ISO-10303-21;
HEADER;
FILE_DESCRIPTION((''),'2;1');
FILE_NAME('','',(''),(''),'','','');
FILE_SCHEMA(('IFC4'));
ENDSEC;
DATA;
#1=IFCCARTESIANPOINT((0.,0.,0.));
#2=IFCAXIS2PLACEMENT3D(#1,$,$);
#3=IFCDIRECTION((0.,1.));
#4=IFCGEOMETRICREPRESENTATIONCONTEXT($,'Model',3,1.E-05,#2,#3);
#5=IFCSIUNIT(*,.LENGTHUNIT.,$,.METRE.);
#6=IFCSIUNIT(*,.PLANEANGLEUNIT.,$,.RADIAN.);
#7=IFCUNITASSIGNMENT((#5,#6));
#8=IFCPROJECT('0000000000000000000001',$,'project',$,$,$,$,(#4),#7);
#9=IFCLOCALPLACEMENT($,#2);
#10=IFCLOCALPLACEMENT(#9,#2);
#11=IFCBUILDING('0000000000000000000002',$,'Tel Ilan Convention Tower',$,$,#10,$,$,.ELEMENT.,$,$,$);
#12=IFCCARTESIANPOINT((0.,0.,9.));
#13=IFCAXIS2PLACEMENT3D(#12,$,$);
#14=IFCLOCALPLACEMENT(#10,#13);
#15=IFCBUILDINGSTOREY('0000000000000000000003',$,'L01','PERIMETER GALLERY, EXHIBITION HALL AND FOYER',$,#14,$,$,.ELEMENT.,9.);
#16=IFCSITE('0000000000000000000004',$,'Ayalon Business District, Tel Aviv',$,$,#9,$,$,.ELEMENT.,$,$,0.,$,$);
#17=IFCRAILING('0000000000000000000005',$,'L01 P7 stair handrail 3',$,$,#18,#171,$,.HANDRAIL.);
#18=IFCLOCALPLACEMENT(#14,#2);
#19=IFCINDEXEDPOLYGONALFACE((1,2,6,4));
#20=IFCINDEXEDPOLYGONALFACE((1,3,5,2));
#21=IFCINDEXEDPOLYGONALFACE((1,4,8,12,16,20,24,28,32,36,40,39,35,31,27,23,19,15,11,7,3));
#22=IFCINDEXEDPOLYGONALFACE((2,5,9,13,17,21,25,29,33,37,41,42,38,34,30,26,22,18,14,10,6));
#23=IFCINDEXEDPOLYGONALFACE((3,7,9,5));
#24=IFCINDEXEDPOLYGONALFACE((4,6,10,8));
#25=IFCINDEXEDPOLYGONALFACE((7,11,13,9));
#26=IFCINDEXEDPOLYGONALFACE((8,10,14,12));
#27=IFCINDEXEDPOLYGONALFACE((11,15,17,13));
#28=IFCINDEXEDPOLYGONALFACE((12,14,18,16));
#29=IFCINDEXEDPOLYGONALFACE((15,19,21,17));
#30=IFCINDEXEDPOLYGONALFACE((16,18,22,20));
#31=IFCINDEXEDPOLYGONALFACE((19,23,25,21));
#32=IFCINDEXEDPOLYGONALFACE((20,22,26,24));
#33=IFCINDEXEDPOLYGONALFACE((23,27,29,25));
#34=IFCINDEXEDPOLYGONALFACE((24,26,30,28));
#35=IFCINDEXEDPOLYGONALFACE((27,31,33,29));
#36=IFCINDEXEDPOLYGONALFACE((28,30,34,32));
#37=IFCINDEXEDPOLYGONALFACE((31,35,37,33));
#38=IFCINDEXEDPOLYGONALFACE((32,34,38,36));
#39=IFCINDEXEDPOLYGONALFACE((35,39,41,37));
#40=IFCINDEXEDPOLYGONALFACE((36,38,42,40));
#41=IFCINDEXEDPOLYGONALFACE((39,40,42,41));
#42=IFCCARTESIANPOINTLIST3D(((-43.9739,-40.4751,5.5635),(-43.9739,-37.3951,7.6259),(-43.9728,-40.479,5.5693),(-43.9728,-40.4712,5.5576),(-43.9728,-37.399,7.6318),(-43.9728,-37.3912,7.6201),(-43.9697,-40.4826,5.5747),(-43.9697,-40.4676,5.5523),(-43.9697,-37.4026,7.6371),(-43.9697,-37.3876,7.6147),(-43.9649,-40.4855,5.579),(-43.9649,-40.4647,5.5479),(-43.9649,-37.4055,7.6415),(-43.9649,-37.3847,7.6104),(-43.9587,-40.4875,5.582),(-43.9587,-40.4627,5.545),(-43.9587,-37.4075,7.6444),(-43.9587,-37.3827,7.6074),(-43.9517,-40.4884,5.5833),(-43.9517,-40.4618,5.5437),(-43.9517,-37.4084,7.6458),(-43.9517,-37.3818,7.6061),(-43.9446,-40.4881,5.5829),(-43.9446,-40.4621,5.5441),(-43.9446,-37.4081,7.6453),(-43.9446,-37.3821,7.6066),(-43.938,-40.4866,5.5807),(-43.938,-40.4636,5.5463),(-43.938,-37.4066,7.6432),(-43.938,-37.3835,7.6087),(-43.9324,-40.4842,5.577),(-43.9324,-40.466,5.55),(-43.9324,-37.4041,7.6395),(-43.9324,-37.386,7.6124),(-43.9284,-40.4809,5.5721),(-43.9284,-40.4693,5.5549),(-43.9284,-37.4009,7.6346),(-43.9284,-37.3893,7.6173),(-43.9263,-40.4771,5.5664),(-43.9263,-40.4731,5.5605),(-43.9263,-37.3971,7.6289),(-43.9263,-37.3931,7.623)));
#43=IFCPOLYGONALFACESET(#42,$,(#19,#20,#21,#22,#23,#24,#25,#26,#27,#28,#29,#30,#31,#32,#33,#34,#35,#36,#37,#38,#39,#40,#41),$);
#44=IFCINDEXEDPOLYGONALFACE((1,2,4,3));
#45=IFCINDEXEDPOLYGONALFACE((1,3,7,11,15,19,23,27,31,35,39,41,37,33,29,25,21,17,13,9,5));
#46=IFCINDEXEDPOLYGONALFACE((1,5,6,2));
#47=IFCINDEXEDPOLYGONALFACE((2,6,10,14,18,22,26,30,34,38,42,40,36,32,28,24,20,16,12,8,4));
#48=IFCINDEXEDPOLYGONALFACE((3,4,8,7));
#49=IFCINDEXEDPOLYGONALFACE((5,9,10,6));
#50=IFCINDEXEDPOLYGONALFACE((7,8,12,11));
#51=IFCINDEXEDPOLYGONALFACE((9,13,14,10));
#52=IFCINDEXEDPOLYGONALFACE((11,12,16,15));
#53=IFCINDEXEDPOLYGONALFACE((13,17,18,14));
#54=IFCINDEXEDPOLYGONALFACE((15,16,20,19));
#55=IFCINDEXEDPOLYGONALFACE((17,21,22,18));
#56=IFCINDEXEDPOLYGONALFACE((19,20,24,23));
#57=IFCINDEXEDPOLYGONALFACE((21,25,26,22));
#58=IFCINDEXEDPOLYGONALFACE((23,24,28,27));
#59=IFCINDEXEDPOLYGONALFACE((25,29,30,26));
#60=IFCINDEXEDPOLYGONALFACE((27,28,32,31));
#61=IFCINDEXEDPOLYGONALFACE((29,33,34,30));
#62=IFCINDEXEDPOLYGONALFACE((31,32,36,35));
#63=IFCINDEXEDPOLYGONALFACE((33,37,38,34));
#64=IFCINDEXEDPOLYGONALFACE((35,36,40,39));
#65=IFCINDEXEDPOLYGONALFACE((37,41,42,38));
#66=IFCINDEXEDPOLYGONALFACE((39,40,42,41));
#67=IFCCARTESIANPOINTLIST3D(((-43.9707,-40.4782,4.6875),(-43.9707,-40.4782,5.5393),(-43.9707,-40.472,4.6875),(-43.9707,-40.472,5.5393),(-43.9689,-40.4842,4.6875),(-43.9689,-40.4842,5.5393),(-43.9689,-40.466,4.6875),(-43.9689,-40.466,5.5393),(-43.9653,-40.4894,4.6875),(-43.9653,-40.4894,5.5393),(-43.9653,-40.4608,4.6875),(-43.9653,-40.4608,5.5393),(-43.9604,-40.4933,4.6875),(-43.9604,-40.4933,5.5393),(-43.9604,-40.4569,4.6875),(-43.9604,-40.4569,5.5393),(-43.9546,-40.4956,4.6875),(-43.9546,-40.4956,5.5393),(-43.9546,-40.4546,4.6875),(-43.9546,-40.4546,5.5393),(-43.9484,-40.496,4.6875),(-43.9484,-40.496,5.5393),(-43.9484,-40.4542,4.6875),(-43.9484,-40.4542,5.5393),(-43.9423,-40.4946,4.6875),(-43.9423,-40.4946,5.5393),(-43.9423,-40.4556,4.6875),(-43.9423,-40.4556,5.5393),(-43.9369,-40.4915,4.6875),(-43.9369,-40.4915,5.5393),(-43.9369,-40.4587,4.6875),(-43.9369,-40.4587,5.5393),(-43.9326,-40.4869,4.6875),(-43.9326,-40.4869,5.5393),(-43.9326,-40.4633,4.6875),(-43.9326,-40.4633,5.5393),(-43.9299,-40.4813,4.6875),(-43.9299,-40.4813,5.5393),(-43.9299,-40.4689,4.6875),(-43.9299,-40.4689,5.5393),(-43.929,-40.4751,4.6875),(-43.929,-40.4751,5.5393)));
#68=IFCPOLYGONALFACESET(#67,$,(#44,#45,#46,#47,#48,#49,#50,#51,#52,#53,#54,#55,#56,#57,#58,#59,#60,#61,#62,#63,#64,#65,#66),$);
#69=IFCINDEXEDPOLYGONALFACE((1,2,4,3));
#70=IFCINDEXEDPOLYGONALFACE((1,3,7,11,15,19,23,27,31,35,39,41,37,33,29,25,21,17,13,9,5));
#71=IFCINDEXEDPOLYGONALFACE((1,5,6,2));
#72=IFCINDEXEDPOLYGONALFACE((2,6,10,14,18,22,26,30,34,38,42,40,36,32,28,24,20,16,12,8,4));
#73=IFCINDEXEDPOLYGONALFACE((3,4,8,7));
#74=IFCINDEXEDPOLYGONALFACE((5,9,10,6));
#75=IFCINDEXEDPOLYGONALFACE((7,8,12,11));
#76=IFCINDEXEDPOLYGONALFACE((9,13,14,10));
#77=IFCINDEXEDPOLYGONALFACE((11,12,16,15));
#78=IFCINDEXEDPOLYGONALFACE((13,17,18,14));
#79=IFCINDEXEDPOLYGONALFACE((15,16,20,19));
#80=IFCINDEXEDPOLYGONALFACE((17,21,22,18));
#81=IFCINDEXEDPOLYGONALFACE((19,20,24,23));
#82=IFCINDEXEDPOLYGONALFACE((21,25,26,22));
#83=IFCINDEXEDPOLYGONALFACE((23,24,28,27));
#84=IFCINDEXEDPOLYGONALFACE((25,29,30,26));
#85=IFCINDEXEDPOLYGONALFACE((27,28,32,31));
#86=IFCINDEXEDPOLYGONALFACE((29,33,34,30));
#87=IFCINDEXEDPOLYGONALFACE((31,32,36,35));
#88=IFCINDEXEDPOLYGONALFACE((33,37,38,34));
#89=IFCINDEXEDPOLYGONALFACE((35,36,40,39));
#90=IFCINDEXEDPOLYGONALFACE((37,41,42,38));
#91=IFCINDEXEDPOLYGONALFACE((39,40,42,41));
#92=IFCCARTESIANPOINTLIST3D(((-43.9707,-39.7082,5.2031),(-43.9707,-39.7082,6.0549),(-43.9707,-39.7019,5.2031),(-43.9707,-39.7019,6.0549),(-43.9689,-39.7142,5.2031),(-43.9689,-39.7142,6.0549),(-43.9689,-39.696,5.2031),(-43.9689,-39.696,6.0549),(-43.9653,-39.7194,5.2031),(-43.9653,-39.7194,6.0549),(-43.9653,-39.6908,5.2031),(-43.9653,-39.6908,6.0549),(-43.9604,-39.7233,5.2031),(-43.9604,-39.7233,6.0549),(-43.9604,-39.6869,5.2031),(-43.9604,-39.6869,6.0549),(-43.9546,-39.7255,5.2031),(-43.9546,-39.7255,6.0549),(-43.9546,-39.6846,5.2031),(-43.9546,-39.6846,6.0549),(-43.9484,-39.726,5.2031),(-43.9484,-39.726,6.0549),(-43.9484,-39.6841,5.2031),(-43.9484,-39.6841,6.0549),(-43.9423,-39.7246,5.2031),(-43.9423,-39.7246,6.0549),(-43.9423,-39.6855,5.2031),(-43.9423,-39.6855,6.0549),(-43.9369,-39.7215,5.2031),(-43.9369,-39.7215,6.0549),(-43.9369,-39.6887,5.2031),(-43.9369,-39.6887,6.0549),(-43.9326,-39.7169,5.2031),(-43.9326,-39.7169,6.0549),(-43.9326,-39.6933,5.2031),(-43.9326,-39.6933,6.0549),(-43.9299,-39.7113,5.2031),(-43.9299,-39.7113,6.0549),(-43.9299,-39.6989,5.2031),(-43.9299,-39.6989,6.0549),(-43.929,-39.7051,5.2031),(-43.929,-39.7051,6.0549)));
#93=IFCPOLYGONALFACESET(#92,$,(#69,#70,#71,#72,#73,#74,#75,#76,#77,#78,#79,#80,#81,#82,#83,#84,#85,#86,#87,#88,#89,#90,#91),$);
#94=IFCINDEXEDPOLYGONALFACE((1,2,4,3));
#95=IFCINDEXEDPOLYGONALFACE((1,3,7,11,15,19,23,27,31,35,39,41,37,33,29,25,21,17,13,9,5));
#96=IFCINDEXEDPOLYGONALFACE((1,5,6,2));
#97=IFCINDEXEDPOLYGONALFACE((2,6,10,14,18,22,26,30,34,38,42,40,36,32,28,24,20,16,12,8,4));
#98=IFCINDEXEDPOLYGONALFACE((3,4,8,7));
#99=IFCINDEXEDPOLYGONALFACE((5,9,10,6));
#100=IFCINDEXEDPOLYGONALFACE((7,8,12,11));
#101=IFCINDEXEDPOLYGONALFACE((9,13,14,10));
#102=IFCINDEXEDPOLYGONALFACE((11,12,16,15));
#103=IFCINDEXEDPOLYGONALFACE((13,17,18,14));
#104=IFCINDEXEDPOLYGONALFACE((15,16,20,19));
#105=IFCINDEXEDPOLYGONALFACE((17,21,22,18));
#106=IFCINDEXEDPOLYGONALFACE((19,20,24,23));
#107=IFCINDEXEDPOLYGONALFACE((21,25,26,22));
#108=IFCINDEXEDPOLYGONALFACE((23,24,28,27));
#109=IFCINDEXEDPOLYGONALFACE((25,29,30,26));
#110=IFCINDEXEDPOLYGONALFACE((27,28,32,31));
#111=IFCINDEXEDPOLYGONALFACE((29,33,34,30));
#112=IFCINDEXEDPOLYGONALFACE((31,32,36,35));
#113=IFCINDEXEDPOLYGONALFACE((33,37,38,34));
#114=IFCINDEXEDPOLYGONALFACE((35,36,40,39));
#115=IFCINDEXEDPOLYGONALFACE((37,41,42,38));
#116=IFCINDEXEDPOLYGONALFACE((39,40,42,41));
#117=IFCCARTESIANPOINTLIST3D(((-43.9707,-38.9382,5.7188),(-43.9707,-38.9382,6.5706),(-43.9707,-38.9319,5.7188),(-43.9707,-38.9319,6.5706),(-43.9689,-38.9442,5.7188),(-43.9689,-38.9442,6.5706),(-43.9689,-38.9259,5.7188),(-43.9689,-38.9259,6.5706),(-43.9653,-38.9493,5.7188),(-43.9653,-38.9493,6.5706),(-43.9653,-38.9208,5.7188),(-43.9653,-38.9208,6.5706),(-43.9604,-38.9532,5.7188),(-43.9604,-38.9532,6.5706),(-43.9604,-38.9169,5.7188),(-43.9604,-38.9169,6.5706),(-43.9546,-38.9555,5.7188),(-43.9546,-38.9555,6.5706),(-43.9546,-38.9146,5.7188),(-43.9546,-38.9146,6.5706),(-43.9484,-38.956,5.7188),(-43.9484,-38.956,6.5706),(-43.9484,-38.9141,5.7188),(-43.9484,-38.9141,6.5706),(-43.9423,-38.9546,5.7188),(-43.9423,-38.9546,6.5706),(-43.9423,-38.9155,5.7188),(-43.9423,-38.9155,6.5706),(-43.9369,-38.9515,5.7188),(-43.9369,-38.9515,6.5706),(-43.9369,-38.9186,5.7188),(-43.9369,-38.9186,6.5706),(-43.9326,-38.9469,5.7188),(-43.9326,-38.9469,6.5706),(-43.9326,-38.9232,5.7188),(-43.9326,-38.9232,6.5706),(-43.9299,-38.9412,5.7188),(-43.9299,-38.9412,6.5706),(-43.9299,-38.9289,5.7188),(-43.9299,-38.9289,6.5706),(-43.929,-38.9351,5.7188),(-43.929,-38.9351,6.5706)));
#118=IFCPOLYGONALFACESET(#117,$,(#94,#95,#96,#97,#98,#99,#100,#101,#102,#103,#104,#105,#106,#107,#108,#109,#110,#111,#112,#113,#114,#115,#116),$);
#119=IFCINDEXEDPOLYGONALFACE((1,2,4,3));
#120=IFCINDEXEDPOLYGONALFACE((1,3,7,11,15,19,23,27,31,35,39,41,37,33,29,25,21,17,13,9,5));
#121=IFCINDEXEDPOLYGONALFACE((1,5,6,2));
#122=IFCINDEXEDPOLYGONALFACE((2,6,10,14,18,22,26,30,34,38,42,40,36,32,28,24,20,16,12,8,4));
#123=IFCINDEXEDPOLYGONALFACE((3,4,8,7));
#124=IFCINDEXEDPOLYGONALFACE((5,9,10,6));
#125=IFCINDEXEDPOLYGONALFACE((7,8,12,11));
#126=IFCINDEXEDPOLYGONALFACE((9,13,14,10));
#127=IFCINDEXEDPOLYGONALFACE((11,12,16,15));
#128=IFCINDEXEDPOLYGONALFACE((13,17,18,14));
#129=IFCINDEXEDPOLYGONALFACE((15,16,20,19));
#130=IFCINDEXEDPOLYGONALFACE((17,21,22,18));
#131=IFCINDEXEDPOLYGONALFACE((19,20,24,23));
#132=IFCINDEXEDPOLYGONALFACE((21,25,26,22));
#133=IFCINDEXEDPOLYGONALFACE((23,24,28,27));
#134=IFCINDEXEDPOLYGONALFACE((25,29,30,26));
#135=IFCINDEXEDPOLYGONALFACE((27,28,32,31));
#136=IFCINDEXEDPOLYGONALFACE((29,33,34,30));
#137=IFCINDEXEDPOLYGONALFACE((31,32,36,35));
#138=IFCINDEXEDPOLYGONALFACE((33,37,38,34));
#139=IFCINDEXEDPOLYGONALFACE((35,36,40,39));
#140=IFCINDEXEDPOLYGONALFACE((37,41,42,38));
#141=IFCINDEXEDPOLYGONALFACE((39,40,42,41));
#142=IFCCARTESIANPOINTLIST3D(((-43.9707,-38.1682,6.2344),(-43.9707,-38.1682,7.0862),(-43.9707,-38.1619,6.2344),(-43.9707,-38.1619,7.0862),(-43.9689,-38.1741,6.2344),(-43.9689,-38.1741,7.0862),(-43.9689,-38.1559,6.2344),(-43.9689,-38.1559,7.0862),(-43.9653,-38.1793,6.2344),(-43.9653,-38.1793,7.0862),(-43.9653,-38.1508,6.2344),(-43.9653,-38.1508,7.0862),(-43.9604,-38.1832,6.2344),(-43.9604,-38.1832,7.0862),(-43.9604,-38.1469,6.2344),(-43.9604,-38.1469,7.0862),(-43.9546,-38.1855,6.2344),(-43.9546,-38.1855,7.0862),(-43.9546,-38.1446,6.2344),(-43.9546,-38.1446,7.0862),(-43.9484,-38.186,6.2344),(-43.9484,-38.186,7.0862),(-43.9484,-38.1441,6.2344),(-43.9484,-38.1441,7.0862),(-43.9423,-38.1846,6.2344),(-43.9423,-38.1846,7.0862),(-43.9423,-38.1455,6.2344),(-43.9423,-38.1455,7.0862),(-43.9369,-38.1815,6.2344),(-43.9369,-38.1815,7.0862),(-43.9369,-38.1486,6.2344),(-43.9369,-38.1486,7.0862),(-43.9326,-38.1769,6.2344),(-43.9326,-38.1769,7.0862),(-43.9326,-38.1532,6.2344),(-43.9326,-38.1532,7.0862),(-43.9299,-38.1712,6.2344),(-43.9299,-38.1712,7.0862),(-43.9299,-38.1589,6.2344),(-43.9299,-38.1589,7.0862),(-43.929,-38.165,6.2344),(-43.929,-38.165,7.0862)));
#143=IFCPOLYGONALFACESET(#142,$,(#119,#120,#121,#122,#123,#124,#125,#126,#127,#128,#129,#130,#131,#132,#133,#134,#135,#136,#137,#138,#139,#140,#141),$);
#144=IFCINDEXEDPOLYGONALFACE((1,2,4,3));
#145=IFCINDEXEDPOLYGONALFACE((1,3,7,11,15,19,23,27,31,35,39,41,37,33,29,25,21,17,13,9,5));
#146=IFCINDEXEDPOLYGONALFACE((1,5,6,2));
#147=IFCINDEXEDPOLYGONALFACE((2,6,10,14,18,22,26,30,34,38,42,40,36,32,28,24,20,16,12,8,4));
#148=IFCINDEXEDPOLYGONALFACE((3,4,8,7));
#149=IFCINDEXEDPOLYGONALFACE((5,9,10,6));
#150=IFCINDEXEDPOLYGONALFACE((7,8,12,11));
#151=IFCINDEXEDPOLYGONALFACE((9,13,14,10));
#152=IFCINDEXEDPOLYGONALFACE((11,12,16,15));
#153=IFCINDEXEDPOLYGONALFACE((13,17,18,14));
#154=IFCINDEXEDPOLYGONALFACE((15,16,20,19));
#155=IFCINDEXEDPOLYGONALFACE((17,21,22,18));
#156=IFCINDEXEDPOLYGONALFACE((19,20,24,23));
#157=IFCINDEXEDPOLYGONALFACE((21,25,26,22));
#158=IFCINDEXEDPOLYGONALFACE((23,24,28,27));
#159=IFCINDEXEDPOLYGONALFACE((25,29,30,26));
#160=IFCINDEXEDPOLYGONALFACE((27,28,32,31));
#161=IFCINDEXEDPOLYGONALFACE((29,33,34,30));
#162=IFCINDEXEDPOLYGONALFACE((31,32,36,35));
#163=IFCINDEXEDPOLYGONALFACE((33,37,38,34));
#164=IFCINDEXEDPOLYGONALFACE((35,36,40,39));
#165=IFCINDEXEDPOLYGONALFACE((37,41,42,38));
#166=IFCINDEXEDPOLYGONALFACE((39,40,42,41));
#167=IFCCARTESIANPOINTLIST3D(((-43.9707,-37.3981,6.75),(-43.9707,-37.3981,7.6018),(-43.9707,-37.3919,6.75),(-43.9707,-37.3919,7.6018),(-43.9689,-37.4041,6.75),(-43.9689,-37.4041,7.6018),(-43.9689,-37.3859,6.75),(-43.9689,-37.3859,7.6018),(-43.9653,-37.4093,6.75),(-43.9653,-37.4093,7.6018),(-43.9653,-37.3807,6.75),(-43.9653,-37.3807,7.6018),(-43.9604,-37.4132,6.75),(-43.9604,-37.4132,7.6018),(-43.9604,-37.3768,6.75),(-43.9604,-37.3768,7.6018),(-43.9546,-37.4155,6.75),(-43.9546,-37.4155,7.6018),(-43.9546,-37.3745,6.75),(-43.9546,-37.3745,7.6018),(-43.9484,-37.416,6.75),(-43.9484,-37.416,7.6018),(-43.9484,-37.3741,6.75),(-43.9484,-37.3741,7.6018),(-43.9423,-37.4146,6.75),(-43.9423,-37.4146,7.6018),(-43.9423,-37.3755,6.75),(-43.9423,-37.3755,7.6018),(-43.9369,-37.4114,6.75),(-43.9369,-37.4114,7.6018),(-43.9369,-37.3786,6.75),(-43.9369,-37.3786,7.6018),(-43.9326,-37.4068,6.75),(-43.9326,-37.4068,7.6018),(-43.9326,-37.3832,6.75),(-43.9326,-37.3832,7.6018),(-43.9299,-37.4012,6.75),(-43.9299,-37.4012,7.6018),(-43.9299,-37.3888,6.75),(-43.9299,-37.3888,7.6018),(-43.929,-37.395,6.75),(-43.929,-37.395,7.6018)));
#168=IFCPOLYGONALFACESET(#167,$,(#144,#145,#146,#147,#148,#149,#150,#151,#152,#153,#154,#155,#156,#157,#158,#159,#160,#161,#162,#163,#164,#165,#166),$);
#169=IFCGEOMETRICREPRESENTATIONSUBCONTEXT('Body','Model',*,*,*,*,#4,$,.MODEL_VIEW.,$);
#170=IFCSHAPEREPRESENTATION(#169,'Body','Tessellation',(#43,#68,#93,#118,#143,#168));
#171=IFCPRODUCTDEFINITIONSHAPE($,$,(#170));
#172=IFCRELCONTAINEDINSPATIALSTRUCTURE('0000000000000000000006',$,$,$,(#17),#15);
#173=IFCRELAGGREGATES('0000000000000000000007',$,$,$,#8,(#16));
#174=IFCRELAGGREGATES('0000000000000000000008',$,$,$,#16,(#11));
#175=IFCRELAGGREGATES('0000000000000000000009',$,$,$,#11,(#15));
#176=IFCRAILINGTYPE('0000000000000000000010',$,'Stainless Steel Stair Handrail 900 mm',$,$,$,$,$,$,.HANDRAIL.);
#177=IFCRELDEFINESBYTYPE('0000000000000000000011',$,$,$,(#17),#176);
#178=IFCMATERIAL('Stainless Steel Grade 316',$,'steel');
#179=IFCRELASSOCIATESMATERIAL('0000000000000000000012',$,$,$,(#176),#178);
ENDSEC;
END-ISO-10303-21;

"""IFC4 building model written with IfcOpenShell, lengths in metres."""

from ifc_helpers import new_model, si_unit, direction, frame, origin, origin_2d, place, context, subcontext, project, spatial, circle, extrude, material, type_object, element, save


model = new_model("IFC4")

# Units and contexts
model_context = context("Model", 3, precision=1e-05, world=origin(), true_north=direction((0.0, 1.0)))
body_context = subcontext(model_context, "Body", "Model", "MODEL_VIEW")
ifc_project = project(units=[si_unit("LENGTHUNIT", "METRE"), si_unit("PLANEANGLEUNIT", "RADIAN")], contexts=[model_context])

# Site, building, storey
site_placement = place(None, origin())
site = spatial("IfcSite", under=ifc_project, at=site_placement, Name="Ayalon Business District, Tel Aviv", CompositionType="ELEMENT", RefElevation=0.0)
building_placement = place(site_placement, origin())
building = spatial("IfcBuilding", under=site, at=building_placement, Name="Tel Ilan Convention Tower", CompositionType="ELEMENT")
storey_placement = place(building_placement, frame((0.0, 0.0, 9.0)))
storey = spatial("IfcBuildingStorey", under=building, at=storey_placement, Name="L01", Description="PERIMETER GALLERY, EXHIBITION HALL AND FOYER", CompositionType="ELEMENT", Elevation=9.0)

# Railing
ifc_material_1 = material(Name="Stainless Steel Grade 316", Category="steel")
railing_type_1 = type_object("IfcRailingType", Name="Stainless Steel Stair Handrail 900 mm", PredefinedType="HANDRAIL", material=ifc_material_1)
railing_1_placement = place(storey_placement, frame((-43.95, -40.4751, 4.6875)))
element("IfcRailing", 1, at=railing_1_placement, inside=storey, type_object=railing_type_1, Name="L01 P7 stair handrail 3", PredefinedType="HANDRAIL", context=body_context, shape_type="SweptSolid", body=[
    extrude(circle(Radius=0.0239, at=origin_2d()), frame((0.0, 0.0, 0.876), z_axis=(0.0, 0.830914, 0.556401), x_axis=(-1.0, 0.0, 0.0)), (0.0, 0.0, 1.0), 3.7068),
    extrude(circle(Radius=0.021, at=origin_2d()), origin(), (0.0, 0.0, 1.0), 0.8518),
    extrude(circle(Radius=0.021, at=origin_2d()), frame((0.0, 0.77, 0.5156)), (0.0, 0.0, 1.0), 0.8518),
    extrude(circle(Radius=0.021, at=origin_2d()), frame((0.0, 1.54, 1.0312)), (0.0, 0.0, 1.0), 0.8518),
    extrude(circle(Radius=0.021, at=origin_2d()), frame((0.0, 2.3101, 1.5469)), (0.0, 0.0, 1.0), 0.8518),
    extrude(circle(Radius=0.021, at=origin_2d()), frame((0.0, 3.0801, 2.0625)), (0.0, 0.0, 1.0), 0.8518),
])

save(model, "model.ifc")
